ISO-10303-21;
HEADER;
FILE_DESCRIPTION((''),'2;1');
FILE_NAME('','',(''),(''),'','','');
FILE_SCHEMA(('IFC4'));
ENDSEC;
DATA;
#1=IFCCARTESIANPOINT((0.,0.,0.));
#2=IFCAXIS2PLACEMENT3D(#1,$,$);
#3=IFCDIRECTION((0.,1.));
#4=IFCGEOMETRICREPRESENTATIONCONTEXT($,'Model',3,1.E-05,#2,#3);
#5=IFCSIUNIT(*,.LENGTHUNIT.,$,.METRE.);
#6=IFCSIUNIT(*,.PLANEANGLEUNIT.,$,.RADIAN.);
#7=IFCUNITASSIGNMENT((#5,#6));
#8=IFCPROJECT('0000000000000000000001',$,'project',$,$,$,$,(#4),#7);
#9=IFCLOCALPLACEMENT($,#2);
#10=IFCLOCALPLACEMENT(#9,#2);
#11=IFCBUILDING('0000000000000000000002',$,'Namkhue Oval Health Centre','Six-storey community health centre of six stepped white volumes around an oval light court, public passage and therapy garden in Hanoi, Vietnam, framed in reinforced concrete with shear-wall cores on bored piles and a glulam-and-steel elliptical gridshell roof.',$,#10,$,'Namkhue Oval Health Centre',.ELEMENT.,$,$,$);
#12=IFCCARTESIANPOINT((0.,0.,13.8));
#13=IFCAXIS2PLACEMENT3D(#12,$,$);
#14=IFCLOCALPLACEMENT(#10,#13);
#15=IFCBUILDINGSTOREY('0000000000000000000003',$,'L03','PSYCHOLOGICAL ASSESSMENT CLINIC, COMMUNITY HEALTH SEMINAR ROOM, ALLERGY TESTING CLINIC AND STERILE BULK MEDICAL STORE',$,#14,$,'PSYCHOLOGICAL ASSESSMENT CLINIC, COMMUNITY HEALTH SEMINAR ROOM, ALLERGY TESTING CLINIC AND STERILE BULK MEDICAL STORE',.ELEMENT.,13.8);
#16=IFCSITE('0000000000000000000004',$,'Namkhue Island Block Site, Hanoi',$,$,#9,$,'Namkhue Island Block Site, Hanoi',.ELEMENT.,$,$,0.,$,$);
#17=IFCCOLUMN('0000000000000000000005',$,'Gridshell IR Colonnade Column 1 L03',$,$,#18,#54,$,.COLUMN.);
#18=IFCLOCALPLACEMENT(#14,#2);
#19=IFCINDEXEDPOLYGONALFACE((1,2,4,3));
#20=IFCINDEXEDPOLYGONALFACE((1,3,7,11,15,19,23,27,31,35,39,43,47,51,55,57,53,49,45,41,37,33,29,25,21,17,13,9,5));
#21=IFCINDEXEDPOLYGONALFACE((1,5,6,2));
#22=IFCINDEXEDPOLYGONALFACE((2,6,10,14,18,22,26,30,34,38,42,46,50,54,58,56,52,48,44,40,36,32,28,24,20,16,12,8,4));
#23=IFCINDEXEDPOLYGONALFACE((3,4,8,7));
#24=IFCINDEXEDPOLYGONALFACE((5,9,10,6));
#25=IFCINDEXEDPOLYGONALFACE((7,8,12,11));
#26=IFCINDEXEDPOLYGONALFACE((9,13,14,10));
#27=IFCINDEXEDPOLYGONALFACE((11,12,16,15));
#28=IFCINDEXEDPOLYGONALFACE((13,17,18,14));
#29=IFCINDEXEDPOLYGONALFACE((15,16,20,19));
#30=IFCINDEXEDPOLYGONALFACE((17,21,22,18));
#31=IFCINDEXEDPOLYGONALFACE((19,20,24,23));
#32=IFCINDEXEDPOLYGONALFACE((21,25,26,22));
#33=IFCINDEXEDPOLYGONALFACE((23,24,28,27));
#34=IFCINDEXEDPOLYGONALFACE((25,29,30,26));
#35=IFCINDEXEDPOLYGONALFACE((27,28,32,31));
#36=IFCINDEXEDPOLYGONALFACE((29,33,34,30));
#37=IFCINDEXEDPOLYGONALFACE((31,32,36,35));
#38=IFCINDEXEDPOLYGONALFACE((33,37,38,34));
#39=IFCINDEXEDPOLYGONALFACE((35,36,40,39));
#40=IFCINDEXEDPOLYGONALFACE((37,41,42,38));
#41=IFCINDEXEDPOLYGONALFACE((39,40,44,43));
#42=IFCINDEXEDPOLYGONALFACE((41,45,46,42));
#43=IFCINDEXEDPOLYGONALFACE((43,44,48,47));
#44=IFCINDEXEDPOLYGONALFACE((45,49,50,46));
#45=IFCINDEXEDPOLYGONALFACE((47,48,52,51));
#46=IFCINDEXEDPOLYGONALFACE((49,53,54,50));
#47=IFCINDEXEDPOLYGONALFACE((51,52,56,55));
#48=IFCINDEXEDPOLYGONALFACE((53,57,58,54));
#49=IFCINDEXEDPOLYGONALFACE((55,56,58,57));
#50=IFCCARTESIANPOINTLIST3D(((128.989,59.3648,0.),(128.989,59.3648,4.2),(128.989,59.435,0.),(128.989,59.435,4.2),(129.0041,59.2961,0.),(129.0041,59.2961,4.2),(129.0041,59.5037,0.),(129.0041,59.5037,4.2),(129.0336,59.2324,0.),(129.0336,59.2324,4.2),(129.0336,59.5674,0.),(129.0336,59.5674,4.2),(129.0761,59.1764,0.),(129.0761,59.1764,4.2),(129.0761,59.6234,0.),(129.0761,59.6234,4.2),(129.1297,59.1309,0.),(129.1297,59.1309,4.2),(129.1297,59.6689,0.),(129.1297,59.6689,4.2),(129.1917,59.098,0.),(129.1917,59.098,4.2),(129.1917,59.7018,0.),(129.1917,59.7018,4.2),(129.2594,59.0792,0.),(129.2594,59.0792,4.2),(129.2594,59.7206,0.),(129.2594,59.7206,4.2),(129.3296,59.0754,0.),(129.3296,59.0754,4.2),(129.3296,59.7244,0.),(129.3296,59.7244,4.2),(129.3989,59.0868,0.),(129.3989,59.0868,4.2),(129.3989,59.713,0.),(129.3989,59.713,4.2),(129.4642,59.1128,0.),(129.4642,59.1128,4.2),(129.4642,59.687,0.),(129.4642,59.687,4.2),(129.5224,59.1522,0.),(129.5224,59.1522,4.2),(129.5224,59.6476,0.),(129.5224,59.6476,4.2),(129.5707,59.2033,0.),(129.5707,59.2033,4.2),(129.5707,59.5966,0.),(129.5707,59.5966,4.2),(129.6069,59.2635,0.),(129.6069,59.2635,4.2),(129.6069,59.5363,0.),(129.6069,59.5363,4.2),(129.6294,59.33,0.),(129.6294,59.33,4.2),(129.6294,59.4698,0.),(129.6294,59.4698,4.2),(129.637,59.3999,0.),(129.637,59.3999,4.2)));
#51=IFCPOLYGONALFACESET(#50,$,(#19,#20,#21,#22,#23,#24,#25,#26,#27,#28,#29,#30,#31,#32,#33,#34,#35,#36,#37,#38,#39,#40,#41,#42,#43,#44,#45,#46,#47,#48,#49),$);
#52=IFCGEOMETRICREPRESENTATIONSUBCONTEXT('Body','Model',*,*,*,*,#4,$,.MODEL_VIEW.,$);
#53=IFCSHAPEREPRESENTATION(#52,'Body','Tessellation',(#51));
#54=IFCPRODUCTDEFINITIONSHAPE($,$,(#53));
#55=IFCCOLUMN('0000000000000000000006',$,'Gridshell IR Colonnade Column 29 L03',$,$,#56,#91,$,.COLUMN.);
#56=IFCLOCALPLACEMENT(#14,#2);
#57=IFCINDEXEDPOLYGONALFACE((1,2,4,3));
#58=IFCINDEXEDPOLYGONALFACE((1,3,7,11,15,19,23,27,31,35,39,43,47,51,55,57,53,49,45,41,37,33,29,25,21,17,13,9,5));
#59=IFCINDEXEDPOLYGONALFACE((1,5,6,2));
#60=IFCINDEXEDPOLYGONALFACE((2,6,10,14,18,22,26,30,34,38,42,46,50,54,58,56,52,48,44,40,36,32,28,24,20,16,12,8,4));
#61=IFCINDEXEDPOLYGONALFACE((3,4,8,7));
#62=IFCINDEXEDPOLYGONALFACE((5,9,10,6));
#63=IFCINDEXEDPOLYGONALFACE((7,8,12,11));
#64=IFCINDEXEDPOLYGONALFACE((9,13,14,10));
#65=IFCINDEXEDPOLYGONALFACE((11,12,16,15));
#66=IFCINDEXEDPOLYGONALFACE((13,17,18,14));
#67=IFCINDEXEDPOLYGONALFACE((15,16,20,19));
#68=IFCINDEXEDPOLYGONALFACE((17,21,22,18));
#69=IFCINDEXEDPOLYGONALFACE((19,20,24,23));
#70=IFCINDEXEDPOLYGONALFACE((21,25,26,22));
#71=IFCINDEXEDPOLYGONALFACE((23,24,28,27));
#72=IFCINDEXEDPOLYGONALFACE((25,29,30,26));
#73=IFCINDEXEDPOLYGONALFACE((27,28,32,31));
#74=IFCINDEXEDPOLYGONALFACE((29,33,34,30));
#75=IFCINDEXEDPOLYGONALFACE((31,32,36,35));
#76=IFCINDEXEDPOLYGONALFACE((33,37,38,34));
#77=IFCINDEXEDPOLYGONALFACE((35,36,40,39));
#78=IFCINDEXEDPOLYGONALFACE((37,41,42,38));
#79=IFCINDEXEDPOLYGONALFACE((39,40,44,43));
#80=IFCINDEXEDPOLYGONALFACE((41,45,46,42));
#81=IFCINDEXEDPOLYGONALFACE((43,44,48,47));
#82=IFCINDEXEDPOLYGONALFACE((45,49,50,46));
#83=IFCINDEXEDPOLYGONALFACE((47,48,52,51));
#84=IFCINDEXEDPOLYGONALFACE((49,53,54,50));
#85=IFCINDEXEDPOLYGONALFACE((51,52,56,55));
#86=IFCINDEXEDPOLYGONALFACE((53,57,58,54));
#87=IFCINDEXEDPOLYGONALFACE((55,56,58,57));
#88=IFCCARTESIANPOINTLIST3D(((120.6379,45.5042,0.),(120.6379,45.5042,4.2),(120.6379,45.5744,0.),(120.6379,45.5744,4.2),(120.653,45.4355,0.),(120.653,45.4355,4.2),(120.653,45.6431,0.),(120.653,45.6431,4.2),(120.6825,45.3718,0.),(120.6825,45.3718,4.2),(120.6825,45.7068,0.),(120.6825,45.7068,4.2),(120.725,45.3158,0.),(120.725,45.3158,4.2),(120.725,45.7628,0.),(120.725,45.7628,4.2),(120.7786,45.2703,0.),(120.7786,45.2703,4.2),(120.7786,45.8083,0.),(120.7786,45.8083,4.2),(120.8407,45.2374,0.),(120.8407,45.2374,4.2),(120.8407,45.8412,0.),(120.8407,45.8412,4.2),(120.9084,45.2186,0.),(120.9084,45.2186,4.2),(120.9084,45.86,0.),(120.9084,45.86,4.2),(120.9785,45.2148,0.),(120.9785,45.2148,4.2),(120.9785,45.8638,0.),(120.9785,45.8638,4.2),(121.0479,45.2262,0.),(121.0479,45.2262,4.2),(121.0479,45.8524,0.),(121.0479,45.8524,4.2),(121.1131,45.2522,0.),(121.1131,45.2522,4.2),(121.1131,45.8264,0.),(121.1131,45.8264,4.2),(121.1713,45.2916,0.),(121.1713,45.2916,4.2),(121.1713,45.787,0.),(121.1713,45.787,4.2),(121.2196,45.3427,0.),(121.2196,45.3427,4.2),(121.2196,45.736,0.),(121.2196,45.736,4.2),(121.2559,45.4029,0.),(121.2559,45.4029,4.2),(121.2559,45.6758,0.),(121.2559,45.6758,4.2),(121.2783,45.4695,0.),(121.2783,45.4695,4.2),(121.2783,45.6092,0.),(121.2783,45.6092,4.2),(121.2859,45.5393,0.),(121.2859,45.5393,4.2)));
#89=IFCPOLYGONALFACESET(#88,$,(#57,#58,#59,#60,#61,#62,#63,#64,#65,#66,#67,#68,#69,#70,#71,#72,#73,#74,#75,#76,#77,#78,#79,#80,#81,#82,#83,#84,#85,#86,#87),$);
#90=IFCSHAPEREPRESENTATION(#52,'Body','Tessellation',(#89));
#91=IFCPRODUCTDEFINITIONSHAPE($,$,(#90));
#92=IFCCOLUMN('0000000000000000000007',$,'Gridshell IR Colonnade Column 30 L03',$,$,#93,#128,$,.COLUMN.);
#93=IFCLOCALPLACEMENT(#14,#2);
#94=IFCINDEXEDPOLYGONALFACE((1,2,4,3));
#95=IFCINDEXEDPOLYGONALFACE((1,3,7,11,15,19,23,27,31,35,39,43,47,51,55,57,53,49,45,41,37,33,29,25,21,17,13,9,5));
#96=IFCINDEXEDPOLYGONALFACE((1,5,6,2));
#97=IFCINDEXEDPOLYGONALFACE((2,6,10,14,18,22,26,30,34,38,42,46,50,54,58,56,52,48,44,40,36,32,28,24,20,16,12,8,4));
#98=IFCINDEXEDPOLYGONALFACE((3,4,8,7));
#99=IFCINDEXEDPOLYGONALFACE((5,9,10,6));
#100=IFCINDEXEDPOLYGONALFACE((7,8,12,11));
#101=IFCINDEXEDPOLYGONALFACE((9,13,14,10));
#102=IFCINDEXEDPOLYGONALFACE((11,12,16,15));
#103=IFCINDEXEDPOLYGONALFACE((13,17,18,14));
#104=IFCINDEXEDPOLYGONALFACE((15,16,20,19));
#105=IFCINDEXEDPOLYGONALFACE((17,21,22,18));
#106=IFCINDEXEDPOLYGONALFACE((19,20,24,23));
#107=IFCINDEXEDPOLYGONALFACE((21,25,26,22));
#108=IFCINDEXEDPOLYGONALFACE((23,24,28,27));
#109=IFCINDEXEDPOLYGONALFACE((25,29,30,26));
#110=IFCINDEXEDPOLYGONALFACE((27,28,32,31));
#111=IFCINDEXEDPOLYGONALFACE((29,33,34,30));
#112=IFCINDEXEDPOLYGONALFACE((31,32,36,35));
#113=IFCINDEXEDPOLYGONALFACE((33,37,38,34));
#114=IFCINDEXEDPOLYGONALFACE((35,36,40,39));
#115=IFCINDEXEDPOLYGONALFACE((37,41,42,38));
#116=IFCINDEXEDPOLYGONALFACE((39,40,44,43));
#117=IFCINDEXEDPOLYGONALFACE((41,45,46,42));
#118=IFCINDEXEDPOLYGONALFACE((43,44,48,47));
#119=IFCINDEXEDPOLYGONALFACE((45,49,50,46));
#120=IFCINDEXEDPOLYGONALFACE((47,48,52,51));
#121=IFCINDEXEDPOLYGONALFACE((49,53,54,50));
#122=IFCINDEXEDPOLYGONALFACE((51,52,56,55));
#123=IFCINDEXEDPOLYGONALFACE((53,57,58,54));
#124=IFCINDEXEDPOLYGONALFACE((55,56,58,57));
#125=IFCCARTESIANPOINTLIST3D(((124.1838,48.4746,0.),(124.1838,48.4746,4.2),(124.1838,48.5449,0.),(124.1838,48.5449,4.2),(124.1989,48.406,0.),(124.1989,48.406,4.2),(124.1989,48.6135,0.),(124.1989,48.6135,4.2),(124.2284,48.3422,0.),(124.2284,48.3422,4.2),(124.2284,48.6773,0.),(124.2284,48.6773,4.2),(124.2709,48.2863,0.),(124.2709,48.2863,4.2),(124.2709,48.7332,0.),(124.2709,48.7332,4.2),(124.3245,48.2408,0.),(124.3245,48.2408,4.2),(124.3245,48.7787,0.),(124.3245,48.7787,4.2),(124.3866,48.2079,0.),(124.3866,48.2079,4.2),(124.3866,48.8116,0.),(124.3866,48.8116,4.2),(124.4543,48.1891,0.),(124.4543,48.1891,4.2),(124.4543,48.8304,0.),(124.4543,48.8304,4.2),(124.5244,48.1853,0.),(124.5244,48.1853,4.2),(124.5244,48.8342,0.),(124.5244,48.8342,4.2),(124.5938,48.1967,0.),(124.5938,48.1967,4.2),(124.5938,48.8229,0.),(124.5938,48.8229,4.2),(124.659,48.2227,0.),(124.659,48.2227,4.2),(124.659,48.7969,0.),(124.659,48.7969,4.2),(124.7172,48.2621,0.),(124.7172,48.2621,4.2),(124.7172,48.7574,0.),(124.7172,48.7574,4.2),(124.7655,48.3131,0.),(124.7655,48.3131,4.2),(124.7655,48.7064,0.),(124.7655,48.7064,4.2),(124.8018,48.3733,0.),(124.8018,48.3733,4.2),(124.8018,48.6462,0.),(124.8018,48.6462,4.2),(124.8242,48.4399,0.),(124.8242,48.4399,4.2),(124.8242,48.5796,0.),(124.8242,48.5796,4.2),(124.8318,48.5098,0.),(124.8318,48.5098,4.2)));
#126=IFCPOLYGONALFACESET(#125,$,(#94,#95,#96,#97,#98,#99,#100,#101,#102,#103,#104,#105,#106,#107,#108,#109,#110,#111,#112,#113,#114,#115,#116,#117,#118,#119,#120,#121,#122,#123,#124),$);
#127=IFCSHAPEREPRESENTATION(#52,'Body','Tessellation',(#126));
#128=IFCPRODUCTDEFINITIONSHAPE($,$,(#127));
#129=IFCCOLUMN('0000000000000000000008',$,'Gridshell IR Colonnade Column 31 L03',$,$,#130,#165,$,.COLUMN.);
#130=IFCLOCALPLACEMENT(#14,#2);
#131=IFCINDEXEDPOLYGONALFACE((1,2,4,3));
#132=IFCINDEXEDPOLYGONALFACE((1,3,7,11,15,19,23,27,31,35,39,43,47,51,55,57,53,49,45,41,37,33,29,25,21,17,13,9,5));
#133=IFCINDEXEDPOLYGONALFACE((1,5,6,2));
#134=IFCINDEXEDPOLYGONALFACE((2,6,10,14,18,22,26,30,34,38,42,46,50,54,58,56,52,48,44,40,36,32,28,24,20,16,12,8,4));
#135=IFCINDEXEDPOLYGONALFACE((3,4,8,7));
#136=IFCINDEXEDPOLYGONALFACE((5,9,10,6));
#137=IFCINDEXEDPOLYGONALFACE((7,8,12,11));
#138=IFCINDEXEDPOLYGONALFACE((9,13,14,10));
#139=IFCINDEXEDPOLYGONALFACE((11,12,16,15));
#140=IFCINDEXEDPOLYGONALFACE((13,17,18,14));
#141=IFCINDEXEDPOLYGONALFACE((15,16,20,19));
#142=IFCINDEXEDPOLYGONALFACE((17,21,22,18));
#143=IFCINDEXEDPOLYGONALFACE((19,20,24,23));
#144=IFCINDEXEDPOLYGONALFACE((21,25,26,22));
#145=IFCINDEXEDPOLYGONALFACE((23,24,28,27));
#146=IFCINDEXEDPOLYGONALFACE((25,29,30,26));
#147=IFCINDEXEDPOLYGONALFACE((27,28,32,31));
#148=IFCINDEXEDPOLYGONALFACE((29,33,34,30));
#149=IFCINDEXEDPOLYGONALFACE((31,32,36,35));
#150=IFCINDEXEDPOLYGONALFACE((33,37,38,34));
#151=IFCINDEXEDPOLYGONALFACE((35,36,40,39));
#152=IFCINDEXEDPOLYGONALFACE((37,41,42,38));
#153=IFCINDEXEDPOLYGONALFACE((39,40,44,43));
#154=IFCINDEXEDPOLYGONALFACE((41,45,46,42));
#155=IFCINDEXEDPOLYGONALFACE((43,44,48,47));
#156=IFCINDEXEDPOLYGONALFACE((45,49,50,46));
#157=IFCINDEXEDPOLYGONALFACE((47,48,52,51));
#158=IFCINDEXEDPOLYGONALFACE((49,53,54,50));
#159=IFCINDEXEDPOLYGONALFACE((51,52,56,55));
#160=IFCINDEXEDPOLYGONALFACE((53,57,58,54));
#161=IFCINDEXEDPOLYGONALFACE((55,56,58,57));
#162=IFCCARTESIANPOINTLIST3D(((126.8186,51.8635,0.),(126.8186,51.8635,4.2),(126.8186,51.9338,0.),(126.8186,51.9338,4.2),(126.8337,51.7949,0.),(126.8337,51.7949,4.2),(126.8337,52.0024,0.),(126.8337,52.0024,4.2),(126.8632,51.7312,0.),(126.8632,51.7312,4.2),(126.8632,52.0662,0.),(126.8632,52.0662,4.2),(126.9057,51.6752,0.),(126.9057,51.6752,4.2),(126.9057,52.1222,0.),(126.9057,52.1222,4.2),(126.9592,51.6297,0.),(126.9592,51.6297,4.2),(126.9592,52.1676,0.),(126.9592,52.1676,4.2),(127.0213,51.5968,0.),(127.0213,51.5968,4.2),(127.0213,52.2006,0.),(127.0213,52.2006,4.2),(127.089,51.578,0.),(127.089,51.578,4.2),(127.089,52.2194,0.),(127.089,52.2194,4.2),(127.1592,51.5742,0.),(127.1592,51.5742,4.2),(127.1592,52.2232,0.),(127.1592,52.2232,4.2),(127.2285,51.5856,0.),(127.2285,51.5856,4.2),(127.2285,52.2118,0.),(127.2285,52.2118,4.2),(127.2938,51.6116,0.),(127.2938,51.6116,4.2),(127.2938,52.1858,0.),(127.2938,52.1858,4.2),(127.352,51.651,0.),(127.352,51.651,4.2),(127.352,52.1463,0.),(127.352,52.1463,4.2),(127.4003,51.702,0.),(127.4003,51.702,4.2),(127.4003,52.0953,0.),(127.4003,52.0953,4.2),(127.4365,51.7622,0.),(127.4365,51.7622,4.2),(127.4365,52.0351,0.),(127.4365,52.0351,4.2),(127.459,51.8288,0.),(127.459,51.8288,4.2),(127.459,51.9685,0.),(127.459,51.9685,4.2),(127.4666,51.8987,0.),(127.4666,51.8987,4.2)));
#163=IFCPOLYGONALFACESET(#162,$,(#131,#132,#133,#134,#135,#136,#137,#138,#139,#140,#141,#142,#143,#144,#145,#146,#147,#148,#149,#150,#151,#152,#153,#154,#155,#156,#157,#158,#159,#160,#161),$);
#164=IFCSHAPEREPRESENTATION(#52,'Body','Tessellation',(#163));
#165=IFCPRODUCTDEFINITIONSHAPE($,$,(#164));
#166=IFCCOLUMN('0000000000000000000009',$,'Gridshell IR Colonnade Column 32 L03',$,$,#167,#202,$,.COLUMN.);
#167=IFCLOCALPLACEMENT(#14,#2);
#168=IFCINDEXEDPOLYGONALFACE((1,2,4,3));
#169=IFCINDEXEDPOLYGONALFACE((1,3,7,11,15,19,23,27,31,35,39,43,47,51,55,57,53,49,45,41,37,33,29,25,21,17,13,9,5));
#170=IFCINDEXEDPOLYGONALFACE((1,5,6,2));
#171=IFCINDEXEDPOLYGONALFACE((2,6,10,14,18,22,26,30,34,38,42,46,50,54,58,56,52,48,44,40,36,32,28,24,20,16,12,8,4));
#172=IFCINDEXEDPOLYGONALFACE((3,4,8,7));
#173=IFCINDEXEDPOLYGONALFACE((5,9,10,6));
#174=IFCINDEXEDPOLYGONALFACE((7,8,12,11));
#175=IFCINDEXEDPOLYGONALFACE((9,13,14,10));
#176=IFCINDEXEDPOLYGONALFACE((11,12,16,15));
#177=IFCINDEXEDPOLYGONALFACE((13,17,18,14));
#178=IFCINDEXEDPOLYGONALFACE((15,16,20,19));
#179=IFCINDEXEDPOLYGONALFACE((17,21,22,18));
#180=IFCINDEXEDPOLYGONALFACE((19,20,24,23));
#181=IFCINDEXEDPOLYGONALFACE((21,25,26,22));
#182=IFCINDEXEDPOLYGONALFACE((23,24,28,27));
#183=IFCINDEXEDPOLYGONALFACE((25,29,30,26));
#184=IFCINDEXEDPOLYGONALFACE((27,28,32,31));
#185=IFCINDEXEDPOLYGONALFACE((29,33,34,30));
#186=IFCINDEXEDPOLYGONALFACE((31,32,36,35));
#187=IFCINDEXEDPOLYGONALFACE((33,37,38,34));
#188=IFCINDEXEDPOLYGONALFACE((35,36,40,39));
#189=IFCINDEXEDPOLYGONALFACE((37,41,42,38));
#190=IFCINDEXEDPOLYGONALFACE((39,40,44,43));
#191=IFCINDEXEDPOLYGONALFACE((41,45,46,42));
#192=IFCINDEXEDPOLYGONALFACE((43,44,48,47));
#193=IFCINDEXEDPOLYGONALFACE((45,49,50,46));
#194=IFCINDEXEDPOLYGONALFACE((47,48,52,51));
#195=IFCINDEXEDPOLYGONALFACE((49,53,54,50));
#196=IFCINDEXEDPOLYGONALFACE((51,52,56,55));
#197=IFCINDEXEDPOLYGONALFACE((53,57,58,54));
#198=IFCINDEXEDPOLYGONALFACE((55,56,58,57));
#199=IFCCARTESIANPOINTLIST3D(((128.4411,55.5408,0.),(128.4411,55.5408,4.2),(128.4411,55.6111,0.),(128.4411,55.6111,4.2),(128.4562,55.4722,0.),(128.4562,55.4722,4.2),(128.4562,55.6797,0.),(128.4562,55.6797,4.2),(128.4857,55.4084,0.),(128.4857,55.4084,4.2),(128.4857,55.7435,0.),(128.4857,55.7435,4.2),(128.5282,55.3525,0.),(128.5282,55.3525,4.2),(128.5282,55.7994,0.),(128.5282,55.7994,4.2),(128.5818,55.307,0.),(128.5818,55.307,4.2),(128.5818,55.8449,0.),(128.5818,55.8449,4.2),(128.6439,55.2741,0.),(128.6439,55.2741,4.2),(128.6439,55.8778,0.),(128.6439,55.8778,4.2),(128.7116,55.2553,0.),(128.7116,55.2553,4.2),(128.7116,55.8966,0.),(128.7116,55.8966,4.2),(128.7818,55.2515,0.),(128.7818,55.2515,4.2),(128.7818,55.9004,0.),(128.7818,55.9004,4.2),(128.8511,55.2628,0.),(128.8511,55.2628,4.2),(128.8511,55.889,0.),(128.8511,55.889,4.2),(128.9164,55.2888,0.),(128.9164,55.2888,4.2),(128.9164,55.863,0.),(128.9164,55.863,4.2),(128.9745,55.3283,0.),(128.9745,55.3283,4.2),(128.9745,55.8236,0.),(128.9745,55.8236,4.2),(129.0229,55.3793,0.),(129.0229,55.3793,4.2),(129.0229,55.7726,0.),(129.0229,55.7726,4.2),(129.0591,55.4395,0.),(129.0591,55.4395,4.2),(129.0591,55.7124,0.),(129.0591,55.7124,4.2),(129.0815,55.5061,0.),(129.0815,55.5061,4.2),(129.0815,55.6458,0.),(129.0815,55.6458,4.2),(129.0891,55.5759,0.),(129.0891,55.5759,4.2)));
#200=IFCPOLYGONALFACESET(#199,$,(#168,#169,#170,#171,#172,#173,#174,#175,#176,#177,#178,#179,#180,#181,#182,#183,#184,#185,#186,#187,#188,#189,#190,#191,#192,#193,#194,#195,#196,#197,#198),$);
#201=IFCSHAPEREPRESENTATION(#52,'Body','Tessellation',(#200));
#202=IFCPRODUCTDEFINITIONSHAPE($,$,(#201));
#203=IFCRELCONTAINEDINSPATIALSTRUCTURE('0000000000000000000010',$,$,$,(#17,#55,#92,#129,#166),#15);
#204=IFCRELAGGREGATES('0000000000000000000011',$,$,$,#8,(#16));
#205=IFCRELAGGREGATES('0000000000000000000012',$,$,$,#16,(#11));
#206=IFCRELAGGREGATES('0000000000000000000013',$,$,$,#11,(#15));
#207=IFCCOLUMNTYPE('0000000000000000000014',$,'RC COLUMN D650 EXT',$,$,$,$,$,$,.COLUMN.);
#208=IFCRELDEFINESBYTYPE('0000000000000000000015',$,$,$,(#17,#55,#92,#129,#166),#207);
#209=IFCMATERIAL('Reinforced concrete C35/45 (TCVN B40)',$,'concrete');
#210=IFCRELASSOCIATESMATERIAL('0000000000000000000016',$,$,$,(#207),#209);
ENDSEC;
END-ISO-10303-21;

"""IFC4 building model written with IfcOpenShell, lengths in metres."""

from ifc_helpers import new_model, si_unit, direction, frame, origin, origin_2d, place, context, subcontext, project, spatial, circle, extrude, material, material_profile, profile_set, type_object, element, save


model = new_model("IFC4")

# Units and contexts
model_context = context("Model", 3, precision=1e-05, world=origin(), true_north=direction((0.0, 1.0)))
body_context = subcontext(model_context, "Body", "Model", "MODEL_VIEW")
ifc_project = project(units=[si_unit("LENGTHUNIT", "METRE"), si_unit("PLANEANGLEUNIT", "RADIAN")], contexts=[model_context])

# Site, building, storey
site_placement = place(None, origin())
site = spatial("IfcSite", under=ifc_project, at=site_placement, Name="Namkhue Island Block Site, Hanoi", LongName="Namkhue Island Block Site, Hanoi", CompositionType="ELEMENT", RefElevation=0.0)
building_placement = place(site_placement, origin())
building = spatial("IfcBuilding", under=site, at=building_placement, Name="Namkhue Oval Health Centre", Description="Six-storey community health centre of six stepped white volumes around an oval light court, public passage and therapy garden in Hanoi, Vietnam, framed in reinforced concrete with shear-wall cores on bored piles and a glulam-and-steel elliptical gridshell roof.", LongName="Namkhue Oval Health Centre", CompositionType="ELEMENT")
storey_placement = place(building_placement, frame((0.0, 0.0, 13.8)))
storey = spatial("IfcBuildingStorey", under=building, at=storey_placement, Name="L03", Description="PSYCHOLOGICAL ASSESSMENT CLINIC, COMMUNITY HEALTH SEMINAR ROOM, ALLERGY TESTING CLINIC AND STERILE BULK MEDICAL STORE", LongName="PSYCHOLOGICAL ASSESSMENT CLINIC, COMMUNITY HEALTH SEMINAR ROOM, ALLERGY TESTING CLINIC AND STERILE BULK MEDICAL STORE", CompositionType="ELEMENT", Elevation=13.8)

# Columns
ifc_material_1 = material(Name="Reinforced concrete C35/45 (TCVN B40)", Category="concrete")
ifc_material_profile_1 = material_profile(ifc_material_1, circle(Radius=0.325, at=origin_2d()), Name="RC D650")
ifc_profile_set_1 = profile_set([ifc_material_profile_1], Name="Reinforced concrete C35/45 (TCVN B40)")
column_type_1 = type_object("IfcColumnType", Name="RC COLUMN D650 EXT", PredefinedType="COLUMN", material=ifc_profile_set_1)
for number, where, z_axis, x_axis, name in (
    (1, (129.312, 59.3999, 0.0), (0.0, 0.0, 1.0), (1.0, 0.0, 0.0), "Gridshell IR Colonnade Column 1 L03"),
    (2, (120.9609, 45.5393, 0.0), (0.0, 0.0, 1.0), (1.0, 0.0, 0.0), "Gridshell IR Colonnade Column 29 L03"),
    (3, (124.5068, 48.5098, 0.0), (0.0, 0.0, 1.0), (1.0, 0.0, 0.0), "Gridshell IR Colonnade Column 30 L03"),
    (4, (127.1416, 51.8987, 0.0), (0.0, 0.0, 1.0), (1.0, 0.0, 0.0), "Gridshell IR Colonnade Column 31 L03"),
    (5, (128.7642, 55.5759, 0.0), (0.0, 0.0, 1.0), (1.0, 0.0, 0.0), "Gridshell IR Colonnade Column 32 L03"),
):
    element("IfcColumn", number, at=place(storey_placement, frame(where, z_axis=z_axis, x_axis=x_axis)), inside=storey, type_object=column_type_1, Name=name, PredefinedType="COLUMN", context=body_context, shape_type="SweptSolid", body=[
        extrude(circle(Radius=0.325, at=origin_2d()), origin(), (0.0, 0.0, 1.0), 4.2),
    ])

save(model, "model.ifc")
